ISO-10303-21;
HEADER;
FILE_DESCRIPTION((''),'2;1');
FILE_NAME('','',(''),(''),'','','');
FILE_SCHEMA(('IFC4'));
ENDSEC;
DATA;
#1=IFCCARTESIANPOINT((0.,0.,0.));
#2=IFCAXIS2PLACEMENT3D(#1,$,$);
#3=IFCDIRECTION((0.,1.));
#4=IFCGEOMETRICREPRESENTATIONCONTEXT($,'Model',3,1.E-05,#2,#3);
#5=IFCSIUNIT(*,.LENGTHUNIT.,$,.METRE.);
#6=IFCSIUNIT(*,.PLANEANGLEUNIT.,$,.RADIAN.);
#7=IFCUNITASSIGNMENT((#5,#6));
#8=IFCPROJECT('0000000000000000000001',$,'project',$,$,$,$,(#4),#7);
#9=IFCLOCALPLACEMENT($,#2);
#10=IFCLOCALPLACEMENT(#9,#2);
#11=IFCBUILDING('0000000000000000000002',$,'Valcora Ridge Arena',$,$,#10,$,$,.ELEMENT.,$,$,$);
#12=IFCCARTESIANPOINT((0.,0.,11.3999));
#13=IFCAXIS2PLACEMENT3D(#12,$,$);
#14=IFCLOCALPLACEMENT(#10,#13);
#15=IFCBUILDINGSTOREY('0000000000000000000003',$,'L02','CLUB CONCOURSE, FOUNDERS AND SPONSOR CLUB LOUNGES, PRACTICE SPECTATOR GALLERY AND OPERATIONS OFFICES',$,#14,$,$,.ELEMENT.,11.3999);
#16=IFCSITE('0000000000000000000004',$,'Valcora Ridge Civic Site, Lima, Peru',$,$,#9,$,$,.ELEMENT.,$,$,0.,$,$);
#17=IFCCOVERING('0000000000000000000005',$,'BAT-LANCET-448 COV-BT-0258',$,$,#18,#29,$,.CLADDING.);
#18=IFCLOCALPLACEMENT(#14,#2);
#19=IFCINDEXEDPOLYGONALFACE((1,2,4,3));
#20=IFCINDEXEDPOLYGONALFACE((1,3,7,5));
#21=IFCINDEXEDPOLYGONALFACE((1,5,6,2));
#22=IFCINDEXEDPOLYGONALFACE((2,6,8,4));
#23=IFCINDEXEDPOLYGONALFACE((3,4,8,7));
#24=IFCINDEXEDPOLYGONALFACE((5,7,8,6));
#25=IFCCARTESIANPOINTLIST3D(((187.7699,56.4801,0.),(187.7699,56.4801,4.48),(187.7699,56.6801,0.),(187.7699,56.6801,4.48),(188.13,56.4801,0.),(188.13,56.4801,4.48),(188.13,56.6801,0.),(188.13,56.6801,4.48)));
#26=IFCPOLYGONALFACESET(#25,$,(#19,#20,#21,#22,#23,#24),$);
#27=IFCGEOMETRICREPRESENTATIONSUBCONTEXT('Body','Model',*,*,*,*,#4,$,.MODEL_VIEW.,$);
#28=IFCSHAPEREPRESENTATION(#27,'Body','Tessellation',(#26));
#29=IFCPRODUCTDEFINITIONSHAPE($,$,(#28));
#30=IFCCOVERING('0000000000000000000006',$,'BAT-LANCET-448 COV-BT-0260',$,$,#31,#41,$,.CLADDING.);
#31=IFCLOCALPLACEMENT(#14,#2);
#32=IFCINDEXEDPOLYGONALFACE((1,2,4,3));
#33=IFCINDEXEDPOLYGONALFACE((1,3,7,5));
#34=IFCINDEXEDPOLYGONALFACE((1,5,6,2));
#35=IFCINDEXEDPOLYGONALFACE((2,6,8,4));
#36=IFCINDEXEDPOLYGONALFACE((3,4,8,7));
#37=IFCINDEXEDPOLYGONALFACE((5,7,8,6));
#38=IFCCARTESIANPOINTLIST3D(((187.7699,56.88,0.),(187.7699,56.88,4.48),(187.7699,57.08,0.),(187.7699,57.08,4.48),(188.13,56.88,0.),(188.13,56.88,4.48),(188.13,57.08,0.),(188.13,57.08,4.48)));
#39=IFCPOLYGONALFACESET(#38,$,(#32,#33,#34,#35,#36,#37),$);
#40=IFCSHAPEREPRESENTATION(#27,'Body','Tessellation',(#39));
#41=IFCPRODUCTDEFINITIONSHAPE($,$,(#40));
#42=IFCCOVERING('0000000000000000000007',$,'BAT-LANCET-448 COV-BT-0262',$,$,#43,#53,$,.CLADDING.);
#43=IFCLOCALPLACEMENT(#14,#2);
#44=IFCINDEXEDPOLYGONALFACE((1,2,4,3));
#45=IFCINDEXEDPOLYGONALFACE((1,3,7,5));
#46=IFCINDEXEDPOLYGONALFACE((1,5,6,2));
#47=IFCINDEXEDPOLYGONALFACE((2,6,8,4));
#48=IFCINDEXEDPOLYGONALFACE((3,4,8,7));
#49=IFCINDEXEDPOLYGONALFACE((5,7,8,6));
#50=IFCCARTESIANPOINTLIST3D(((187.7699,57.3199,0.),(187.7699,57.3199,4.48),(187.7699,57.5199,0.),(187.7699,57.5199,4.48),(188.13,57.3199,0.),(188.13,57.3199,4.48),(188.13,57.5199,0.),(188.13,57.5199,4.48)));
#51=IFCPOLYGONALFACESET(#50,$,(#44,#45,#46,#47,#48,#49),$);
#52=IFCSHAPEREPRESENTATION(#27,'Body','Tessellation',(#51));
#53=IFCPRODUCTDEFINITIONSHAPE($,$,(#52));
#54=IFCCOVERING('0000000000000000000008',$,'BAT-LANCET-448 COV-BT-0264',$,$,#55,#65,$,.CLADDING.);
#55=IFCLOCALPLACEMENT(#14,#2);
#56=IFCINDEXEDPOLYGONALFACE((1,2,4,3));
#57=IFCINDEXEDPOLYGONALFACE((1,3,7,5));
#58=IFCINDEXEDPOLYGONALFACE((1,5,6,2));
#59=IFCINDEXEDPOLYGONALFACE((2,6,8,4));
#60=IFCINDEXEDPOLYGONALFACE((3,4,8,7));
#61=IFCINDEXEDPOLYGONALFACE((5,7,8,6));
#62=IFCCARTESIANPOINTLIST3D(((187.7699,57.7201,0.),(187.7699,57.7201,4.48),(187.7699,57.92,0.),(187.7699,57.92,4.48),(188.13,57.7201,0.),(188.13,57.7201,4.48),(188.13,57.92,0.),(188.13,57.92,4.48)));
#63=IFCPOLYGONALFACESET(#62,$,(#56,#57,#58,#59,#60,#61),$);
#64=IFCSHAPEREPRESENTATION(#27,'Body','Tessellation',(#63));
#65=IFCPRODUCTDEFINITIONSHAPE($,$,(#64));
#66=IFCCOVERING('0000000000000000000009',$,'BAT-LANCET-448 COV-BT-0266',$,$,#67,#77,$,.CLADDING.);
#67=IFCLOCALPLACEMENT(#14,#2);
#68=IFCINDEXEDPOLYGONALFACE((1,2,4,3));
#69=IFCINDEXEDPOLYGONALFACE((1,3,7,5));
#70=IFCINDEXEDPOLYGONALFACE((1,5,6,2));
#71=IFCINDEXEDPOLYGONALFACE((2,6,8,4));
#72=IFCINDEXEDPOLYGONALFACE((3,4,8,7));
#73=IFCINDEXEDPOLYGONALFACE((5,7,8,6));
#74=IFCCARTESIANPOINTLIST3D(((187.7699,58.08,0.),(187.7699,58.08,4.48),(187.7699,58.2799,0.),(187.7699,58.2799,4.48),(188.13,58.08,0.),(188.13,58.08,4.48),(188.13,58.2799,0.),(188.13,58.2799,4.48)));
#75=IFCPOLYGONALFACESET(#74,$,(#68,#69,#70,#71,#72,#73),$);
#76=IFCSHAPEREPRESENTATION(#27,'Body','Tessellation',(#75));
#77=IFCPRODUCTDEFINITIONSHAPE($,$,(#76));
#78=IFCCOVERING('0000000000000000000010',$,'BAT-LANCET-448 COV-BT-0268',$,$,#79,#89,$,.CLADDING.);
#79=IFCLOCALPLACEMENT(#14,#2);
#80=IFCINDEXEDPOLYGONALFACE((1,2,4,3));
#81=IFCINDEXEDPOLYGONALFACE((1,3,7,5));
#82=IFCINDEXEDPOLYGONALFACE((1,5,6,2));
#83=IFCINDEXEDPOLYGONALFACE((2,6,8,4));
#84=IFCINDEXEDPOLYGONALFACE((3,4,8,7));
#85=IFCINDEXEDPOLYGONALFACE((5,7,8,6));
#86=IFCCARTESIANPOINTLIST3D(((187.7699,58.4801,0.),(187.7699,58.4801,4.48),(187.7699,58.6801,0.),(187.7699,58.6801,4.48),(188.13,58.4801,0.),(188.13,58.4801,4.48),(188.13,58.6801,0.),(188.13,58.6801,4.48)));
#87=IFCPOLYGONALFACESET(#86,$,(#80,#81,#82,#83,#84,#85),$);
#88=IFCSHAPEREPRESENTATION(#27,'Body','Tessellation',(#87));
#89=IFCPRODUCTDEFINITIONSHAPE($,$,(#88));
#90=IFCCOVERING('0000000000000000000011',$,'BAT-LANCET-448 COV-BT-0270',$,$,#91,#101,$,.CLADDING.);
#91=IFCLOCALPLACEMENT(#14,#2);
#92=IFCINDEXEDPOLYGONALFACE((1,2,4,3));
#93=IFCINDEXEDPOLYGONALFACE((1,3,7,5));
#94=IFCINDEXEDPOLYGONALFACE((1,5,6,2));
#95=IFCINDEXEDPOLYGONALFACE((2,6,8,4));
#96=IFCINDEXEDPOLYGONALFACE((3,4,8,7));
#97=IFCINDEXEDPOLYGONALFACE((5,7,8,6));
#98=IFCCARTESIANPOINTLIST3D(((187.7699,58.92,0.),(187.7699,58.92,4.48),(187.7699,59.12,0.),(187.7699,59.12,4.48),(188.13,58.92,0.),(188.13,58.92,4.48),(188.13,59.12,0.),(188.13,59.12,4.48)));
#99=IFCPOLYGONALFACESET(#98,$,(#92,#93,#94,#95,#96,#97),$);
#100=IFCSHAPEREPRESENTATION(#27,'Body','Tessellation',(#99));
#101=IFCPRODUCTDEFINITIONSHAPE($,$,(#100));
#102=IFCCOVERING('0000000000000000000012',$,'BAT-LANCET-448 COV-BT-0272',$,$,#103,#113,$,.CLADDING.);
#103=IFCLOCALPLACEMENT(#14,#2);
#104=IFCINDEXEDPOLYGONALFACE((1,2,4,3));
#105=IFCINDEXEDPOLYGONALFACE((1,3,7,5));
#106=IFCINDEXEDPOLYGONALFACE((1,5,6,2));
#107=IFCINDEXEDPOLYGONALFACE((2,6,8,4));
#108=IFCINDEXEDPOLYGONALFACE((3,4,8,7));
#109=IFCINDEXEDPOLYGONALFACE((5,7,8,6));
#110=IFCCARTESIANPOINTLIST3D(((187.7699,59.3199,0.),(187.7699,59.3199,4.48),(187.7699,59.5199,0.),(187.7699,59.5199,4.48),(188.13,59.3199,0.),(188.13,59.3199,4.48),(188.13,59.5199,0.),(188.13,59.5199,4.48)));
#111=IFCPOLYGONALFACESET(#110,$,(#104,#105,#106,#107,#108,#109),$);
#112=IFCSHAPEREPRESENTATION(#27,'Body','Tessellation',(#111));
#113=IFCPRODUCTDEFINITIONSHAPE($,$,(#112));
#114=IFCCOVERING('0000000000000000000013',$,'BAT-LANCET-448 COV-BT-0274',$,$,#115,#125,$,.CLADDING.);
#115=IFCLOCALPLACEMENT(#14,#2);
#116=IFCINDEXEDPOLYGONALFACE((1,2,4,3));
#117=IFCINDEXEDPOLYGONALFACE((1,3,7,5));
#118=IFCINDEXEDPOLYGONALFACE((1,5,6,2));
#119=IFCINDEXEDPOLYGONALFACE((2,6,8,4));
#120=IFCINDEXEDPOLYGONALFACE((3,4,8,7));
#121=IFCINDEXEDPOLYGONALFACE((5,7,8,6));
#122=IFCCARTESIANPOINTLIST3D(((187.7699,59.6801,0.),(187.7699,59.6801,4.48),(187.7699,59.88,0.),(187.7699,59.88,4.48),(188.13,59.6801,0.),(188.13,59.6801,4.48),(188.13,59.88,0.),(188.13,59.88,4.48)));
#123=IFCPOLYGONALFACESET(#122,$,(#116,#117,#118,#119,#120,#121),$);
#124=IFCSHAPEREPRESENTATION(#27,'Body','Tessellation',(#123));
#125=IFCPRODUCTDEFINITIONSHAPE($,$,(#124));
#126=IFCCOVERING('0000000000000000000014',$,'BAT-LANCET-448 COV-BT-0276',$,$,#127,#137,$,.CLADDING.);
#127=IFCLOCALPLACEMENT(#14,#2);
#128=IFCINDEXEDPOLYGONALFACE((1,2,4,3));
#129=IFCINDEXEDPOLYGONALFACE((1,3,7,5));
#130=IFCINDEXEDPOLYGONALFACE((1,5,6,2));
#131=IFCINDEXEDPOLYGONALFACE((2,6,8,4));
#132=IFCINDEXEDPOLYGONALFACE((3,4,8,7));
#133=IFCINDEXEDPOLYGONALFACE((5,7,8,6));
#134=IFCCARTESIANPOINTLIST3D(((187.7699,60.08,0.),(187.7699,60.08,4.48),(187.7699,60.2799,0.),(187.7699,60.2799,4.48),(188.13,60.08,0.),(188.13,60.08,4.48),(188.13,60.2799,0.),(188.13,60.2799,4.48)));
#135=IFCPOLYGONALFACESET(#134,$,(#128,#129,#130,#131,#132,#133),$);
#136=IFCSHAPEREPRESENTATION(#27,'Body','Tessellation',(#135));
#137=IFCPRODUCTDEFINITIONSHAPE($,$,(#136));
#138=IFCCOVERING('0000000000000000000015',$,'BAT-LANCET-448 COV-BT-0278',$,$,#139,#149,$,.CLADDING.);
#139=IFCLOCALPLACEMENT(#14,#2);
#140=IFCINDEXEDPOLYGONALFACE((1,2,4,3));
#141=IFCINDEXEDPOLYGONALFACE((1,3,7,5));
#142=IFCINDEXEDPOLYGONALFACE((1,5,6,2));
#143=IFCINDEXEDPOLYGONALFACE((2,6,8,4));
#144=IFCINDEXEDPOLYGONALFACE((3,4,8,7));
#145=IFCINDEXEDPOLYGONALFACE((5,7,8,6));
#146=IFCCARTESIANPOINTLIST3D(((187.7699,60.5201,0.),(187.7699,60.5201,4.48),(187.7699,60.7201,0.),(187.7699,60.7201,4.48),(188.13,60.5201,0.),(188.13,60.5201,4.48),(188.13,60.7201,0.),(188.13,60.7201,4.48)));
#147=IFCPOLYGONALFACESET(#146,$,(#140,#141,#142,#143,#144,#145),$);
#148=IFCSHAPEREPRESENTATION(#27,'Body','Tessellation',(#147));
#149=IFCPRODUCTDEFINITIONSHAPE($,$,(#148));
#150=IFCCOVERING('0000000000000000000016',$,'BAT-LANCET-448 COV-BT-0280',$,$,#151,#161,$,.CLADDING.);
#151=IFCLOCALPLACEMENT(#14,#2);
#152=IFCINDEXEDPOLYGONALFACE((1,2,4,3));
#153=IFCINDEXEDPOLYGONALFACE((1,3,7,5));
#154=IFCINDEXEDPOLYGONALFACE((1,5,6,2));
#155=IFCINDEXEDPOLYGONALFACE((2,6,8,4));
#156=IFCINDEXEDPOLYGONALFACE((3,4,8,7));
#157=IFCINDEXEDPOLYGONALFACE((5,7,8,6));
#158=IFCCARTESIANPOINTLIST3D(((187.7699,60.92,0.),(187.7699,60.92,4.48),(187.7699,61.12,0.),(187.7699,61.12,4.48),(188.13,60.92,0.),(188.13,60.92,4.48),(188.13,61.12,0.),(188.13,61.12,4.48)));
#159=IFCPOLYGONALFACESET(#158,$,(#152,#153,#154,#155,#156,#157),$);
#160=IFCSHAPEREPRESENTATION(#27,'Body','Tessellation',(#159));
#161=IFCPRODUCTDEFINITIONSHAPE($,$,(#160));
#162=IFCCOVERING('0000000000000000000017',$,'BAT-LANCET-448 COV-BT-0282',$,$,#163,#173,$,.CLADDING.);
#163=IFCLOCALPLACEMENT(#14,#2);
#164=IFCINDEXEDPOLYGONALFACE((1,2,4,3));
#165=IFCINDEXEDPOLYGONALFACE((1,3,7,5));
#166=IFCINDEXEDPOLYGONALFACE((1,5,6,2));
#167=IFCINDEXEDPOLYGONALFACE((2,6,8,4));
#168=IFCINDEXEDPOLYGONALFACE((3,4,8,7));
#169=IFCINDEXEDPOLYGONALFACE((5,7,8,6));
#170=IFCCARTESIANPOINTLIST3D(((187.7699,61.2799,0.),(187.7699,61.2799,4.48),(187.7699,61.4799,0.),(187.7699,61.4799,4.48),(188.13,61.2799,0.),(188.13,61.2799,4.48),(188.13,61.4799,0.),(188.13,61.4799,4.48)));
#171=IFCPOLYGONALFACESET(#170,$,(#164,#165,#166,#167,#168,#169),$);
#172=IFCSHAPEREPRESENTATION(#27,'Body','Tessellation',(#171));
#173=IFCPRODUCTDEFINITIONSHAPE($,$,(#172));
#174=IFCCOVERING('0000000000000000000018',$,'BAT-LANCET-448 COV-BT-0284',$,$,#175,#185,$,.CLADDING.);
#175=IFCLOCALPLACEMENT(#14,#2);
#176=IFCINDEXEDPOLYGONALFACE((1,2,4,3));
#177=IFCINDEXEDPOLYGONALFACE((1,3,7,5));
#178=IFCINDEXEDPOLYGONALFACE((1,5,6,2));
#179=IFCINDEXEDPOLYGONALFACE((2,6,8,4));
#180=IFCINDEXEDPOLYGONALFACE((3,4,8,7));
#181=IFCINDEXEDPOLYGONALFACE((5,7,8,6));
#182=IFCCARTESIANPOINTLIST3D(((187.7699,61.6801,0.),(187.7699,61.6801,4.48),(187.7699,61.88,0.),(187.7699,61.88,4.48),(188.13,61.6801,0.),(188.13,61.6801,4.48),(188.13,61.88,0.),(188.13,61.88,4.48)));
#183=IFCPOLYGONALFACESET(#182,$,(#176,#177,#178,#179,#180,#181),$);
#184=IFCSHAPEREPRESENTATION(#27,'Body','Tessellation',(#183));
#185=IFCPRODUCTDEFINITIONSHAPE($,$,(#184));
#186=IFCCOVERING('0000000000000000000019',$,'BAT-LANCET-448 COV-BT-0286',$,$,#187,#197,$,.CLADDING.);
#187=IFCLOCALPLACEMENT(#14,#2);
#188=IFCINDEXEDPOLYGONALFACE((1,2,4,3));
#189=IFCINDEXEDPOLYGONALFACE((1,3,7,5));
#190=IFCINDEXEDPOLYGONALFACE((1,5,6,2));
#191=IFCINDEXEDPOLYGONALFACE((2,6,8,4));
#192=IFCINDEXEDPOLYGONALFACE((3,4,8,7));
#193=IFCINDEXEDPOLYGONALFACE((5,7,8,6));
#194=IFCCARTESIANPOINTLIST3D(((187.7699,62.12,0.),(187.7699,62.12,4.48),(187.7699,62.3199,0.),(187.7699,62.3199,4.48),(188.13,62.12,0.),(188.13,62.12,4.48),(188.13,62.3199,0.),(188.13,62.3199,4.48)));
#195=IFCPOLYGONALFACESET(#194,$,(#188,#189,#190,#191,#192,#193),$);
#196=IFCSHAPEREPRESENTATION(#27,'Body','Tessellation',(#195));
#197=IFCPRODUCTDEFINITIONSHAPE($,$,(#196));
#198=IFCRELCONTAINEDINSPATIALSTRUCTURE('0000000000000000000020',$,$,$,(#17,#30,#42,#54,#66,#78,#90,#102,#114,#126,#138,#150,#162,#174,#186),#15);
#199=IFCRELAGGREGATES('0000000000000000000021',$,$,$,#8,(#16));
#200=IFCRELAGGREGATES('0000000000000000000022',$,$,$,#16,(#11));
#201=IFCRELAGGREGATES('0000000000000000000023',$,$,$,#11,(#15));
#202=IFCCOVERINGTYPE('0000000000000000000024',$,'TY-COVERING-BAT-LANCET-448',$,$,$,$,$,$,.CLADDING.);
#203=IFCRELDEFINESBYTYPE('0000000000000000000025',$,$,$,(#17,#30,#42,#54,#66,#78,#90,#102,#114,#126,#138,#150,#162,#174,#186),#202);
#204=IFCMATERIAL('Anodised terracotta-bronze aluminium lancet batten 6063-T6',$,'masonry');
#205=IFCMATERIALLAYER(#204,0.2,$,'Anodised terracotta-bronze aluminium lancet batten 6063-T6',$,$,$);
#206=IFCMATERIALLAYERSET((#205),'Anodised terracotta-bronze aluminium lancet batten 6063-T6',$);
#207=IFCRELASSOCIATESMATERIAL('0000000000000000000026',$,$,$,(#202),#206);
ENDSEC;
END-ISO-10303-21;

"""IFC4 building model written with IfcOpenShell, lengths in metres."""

from ifc_helpers import new_model, si_unit, direction, frame, origin, origin_2d, place, context, subcontext, project, spatial, rectangle, extrude, material, layer, layer_set, type_object, element, save


model = new_model("IFC4")

# Units and contexts
model_context = context("Model", 3, precision=1e-05, world=origin(), true_north=direction((0.0, 1.0)))
body_context = subcontext(model_context, "Body", "Model", "MODEL_VIEW")
ifc_project = project(units=[si_unit("LENGTHUNIT", "METRE"), si_unit("PLANEANGLEUNIT", "RADIAN")], contexts=[model_context])

# Site, building, storey
site_placement = place(None, origin())
site = spatial("IfcSite", under=ifc_project, at=site_placement, Name="Valcora Ridge Civic Site, Lima, Peru", CompositionType="ELEMENT", RefElevation=0.0)
building_placement = place(site_placement, origin())
building = spatial("IfcBuilding", under=site, at=building_placement, Name="Valcora Ridge Arena", CompositionType="ELEMENT")
storey_placement = place(building_placement, frame((0.0, 0.0, 11.3999)))
storey = spatial("IfcBuildingStorey", under=building, at=storey_placement, Name="L02", Description="CLUB CONCOURSE, FOUNDERS AND SPONSOR CLUB LOUNGES, PRACTICE SPECTATOR GALLERY AND OPERATIONS OFFICES", CompositionType="ELEMENT", Elevation=11.3999)

# Coverings
ifc_material_1 = material(Name="Anodised terracotta-bronze aluminium lancet batten 6063-T6", Category="masonry")
ifc_layer_1 = layer(ifc_material_1, 0.2, Name="Anodised terracotta-bronze aluminium lancet batten 6063-T6")
ifc_layer_set_1 = layer_set([ifc_layer_1], Name="Anodised terracotta-bronze aluminium lancet batten 6063-T6")
covering_type = type_object("IfcCoveringType", Name="TY-COVERING-BAT-LANCET-448", PredefinedType="CLADDING", material=ifc_layer_set_1)
for number, where, z_axis, x_axis, name in (
    (1, (187.95, 56.5801, 0.0), (0.0, 0.0, 1.0), (1.0, 0.0, 0.0), "BAT-LANCET-448 COV-BT-0258"),
    (2, (187.95, 56.98, 0.0), (0.0, 0.0, 1.0), (1.0, 0.0, 0.0), "BAT-LANCET-448 COV-BT-0260"),
    (3, (187.95, 57.4199, 0.0), (0.0, 0.0, 1.0), (1.0, 0.0, 0.0), "BAT-LANCET-448 COV-BT-0262"),
    (4, (187.95, 57.8201, 0.0), (0.0, 0.0, 1.0), (1.0, 0.0, 0.0), "BAT-LANCET-448 COV-BT-0264"),
    (5, (187.95, 58.1799, 0.0), (0.0, 0.0, 1.0), (1.0, 0.0, 0.0), "BAT-LANCET-448 COV-BT-0266"),
    (6, (187.95, 58.5801, 0.0), (0.0, 0.0, 1.0), (1.0, 0.0, 0.0), "BAT-LANCET-448 COV-BT-0268"),
    (7, (187.95, 59.02, 0.0), (0.0, 0.0, 1.0), (1.0, 0.0, 0.0), "BAT-LANCET-448 COV-BT-0270"),
    (8, (187.95, 59.4199, 0.0), (0.0, 0.0, 1.0), (1.0, 0.0, 0.0), "BAT-LANCET-448 COV-BT-0272"),
    (9, (187.95, 59.78, 0.0), (0.0, 0.0, 1.0), (1.0, 0.0, 0.0), "BAT-LANCET-448 COV-BT-0274"),
    (10, (187.95, 60.1799, 0.0), (0.0, 0.0, 1.0), (1.0, 0.0, 0.0), "BAT-LANCET-448 COV-BT-0276"),
    (11, (187.95, 60.6201, 0.0), (0.0, 0.0, 1.0), (1.0, 0.0, 0.0), "BAT-LANCET-448 COV-BT-0278"),
    (12, (187.95, 61.02, 0.0), (0.0, 0.0, 1.0), (1.0, 0.0, 0.0), "BAT-LANCET-448 COV-BT-0280"),
    (13, (187.95, 61.3799, 0.0), (0.0, 0.0, 1.0), (1.0, 0.0, 0.0), "BAT-LANCET-448 COV-BT-0282"),
    (14, (187.95, 61.78, 0.0), (0.0, 0.0, 1.0), (1.0, 0.0, 0.0), "BAT-LANCET-448 COV-BT-0284"),
    (15, (187.95, 62.22, 0.0), (0.0, 0.0, 1.0), (1.0, 0.0, 0.0), "BAT-LANCET-448 COV-BT-0286"),
):
    element("IfcCovering", number, at=place(storey_placement, frame(where, z_axis=z_axis, x_axis=x_axis)), inside=storey, type_object=covering_type, Name=name, PredefinedType="CLADDING", context=body_context, shape_type="SweptSolid", body=[
        extrude(rectangle(XDim=0.3601, YDim=0.2, at=origin_2d()), origin(), (0.0, 0.0, 1.0), 4.48),
    ])

save(model, "model.ifc")
